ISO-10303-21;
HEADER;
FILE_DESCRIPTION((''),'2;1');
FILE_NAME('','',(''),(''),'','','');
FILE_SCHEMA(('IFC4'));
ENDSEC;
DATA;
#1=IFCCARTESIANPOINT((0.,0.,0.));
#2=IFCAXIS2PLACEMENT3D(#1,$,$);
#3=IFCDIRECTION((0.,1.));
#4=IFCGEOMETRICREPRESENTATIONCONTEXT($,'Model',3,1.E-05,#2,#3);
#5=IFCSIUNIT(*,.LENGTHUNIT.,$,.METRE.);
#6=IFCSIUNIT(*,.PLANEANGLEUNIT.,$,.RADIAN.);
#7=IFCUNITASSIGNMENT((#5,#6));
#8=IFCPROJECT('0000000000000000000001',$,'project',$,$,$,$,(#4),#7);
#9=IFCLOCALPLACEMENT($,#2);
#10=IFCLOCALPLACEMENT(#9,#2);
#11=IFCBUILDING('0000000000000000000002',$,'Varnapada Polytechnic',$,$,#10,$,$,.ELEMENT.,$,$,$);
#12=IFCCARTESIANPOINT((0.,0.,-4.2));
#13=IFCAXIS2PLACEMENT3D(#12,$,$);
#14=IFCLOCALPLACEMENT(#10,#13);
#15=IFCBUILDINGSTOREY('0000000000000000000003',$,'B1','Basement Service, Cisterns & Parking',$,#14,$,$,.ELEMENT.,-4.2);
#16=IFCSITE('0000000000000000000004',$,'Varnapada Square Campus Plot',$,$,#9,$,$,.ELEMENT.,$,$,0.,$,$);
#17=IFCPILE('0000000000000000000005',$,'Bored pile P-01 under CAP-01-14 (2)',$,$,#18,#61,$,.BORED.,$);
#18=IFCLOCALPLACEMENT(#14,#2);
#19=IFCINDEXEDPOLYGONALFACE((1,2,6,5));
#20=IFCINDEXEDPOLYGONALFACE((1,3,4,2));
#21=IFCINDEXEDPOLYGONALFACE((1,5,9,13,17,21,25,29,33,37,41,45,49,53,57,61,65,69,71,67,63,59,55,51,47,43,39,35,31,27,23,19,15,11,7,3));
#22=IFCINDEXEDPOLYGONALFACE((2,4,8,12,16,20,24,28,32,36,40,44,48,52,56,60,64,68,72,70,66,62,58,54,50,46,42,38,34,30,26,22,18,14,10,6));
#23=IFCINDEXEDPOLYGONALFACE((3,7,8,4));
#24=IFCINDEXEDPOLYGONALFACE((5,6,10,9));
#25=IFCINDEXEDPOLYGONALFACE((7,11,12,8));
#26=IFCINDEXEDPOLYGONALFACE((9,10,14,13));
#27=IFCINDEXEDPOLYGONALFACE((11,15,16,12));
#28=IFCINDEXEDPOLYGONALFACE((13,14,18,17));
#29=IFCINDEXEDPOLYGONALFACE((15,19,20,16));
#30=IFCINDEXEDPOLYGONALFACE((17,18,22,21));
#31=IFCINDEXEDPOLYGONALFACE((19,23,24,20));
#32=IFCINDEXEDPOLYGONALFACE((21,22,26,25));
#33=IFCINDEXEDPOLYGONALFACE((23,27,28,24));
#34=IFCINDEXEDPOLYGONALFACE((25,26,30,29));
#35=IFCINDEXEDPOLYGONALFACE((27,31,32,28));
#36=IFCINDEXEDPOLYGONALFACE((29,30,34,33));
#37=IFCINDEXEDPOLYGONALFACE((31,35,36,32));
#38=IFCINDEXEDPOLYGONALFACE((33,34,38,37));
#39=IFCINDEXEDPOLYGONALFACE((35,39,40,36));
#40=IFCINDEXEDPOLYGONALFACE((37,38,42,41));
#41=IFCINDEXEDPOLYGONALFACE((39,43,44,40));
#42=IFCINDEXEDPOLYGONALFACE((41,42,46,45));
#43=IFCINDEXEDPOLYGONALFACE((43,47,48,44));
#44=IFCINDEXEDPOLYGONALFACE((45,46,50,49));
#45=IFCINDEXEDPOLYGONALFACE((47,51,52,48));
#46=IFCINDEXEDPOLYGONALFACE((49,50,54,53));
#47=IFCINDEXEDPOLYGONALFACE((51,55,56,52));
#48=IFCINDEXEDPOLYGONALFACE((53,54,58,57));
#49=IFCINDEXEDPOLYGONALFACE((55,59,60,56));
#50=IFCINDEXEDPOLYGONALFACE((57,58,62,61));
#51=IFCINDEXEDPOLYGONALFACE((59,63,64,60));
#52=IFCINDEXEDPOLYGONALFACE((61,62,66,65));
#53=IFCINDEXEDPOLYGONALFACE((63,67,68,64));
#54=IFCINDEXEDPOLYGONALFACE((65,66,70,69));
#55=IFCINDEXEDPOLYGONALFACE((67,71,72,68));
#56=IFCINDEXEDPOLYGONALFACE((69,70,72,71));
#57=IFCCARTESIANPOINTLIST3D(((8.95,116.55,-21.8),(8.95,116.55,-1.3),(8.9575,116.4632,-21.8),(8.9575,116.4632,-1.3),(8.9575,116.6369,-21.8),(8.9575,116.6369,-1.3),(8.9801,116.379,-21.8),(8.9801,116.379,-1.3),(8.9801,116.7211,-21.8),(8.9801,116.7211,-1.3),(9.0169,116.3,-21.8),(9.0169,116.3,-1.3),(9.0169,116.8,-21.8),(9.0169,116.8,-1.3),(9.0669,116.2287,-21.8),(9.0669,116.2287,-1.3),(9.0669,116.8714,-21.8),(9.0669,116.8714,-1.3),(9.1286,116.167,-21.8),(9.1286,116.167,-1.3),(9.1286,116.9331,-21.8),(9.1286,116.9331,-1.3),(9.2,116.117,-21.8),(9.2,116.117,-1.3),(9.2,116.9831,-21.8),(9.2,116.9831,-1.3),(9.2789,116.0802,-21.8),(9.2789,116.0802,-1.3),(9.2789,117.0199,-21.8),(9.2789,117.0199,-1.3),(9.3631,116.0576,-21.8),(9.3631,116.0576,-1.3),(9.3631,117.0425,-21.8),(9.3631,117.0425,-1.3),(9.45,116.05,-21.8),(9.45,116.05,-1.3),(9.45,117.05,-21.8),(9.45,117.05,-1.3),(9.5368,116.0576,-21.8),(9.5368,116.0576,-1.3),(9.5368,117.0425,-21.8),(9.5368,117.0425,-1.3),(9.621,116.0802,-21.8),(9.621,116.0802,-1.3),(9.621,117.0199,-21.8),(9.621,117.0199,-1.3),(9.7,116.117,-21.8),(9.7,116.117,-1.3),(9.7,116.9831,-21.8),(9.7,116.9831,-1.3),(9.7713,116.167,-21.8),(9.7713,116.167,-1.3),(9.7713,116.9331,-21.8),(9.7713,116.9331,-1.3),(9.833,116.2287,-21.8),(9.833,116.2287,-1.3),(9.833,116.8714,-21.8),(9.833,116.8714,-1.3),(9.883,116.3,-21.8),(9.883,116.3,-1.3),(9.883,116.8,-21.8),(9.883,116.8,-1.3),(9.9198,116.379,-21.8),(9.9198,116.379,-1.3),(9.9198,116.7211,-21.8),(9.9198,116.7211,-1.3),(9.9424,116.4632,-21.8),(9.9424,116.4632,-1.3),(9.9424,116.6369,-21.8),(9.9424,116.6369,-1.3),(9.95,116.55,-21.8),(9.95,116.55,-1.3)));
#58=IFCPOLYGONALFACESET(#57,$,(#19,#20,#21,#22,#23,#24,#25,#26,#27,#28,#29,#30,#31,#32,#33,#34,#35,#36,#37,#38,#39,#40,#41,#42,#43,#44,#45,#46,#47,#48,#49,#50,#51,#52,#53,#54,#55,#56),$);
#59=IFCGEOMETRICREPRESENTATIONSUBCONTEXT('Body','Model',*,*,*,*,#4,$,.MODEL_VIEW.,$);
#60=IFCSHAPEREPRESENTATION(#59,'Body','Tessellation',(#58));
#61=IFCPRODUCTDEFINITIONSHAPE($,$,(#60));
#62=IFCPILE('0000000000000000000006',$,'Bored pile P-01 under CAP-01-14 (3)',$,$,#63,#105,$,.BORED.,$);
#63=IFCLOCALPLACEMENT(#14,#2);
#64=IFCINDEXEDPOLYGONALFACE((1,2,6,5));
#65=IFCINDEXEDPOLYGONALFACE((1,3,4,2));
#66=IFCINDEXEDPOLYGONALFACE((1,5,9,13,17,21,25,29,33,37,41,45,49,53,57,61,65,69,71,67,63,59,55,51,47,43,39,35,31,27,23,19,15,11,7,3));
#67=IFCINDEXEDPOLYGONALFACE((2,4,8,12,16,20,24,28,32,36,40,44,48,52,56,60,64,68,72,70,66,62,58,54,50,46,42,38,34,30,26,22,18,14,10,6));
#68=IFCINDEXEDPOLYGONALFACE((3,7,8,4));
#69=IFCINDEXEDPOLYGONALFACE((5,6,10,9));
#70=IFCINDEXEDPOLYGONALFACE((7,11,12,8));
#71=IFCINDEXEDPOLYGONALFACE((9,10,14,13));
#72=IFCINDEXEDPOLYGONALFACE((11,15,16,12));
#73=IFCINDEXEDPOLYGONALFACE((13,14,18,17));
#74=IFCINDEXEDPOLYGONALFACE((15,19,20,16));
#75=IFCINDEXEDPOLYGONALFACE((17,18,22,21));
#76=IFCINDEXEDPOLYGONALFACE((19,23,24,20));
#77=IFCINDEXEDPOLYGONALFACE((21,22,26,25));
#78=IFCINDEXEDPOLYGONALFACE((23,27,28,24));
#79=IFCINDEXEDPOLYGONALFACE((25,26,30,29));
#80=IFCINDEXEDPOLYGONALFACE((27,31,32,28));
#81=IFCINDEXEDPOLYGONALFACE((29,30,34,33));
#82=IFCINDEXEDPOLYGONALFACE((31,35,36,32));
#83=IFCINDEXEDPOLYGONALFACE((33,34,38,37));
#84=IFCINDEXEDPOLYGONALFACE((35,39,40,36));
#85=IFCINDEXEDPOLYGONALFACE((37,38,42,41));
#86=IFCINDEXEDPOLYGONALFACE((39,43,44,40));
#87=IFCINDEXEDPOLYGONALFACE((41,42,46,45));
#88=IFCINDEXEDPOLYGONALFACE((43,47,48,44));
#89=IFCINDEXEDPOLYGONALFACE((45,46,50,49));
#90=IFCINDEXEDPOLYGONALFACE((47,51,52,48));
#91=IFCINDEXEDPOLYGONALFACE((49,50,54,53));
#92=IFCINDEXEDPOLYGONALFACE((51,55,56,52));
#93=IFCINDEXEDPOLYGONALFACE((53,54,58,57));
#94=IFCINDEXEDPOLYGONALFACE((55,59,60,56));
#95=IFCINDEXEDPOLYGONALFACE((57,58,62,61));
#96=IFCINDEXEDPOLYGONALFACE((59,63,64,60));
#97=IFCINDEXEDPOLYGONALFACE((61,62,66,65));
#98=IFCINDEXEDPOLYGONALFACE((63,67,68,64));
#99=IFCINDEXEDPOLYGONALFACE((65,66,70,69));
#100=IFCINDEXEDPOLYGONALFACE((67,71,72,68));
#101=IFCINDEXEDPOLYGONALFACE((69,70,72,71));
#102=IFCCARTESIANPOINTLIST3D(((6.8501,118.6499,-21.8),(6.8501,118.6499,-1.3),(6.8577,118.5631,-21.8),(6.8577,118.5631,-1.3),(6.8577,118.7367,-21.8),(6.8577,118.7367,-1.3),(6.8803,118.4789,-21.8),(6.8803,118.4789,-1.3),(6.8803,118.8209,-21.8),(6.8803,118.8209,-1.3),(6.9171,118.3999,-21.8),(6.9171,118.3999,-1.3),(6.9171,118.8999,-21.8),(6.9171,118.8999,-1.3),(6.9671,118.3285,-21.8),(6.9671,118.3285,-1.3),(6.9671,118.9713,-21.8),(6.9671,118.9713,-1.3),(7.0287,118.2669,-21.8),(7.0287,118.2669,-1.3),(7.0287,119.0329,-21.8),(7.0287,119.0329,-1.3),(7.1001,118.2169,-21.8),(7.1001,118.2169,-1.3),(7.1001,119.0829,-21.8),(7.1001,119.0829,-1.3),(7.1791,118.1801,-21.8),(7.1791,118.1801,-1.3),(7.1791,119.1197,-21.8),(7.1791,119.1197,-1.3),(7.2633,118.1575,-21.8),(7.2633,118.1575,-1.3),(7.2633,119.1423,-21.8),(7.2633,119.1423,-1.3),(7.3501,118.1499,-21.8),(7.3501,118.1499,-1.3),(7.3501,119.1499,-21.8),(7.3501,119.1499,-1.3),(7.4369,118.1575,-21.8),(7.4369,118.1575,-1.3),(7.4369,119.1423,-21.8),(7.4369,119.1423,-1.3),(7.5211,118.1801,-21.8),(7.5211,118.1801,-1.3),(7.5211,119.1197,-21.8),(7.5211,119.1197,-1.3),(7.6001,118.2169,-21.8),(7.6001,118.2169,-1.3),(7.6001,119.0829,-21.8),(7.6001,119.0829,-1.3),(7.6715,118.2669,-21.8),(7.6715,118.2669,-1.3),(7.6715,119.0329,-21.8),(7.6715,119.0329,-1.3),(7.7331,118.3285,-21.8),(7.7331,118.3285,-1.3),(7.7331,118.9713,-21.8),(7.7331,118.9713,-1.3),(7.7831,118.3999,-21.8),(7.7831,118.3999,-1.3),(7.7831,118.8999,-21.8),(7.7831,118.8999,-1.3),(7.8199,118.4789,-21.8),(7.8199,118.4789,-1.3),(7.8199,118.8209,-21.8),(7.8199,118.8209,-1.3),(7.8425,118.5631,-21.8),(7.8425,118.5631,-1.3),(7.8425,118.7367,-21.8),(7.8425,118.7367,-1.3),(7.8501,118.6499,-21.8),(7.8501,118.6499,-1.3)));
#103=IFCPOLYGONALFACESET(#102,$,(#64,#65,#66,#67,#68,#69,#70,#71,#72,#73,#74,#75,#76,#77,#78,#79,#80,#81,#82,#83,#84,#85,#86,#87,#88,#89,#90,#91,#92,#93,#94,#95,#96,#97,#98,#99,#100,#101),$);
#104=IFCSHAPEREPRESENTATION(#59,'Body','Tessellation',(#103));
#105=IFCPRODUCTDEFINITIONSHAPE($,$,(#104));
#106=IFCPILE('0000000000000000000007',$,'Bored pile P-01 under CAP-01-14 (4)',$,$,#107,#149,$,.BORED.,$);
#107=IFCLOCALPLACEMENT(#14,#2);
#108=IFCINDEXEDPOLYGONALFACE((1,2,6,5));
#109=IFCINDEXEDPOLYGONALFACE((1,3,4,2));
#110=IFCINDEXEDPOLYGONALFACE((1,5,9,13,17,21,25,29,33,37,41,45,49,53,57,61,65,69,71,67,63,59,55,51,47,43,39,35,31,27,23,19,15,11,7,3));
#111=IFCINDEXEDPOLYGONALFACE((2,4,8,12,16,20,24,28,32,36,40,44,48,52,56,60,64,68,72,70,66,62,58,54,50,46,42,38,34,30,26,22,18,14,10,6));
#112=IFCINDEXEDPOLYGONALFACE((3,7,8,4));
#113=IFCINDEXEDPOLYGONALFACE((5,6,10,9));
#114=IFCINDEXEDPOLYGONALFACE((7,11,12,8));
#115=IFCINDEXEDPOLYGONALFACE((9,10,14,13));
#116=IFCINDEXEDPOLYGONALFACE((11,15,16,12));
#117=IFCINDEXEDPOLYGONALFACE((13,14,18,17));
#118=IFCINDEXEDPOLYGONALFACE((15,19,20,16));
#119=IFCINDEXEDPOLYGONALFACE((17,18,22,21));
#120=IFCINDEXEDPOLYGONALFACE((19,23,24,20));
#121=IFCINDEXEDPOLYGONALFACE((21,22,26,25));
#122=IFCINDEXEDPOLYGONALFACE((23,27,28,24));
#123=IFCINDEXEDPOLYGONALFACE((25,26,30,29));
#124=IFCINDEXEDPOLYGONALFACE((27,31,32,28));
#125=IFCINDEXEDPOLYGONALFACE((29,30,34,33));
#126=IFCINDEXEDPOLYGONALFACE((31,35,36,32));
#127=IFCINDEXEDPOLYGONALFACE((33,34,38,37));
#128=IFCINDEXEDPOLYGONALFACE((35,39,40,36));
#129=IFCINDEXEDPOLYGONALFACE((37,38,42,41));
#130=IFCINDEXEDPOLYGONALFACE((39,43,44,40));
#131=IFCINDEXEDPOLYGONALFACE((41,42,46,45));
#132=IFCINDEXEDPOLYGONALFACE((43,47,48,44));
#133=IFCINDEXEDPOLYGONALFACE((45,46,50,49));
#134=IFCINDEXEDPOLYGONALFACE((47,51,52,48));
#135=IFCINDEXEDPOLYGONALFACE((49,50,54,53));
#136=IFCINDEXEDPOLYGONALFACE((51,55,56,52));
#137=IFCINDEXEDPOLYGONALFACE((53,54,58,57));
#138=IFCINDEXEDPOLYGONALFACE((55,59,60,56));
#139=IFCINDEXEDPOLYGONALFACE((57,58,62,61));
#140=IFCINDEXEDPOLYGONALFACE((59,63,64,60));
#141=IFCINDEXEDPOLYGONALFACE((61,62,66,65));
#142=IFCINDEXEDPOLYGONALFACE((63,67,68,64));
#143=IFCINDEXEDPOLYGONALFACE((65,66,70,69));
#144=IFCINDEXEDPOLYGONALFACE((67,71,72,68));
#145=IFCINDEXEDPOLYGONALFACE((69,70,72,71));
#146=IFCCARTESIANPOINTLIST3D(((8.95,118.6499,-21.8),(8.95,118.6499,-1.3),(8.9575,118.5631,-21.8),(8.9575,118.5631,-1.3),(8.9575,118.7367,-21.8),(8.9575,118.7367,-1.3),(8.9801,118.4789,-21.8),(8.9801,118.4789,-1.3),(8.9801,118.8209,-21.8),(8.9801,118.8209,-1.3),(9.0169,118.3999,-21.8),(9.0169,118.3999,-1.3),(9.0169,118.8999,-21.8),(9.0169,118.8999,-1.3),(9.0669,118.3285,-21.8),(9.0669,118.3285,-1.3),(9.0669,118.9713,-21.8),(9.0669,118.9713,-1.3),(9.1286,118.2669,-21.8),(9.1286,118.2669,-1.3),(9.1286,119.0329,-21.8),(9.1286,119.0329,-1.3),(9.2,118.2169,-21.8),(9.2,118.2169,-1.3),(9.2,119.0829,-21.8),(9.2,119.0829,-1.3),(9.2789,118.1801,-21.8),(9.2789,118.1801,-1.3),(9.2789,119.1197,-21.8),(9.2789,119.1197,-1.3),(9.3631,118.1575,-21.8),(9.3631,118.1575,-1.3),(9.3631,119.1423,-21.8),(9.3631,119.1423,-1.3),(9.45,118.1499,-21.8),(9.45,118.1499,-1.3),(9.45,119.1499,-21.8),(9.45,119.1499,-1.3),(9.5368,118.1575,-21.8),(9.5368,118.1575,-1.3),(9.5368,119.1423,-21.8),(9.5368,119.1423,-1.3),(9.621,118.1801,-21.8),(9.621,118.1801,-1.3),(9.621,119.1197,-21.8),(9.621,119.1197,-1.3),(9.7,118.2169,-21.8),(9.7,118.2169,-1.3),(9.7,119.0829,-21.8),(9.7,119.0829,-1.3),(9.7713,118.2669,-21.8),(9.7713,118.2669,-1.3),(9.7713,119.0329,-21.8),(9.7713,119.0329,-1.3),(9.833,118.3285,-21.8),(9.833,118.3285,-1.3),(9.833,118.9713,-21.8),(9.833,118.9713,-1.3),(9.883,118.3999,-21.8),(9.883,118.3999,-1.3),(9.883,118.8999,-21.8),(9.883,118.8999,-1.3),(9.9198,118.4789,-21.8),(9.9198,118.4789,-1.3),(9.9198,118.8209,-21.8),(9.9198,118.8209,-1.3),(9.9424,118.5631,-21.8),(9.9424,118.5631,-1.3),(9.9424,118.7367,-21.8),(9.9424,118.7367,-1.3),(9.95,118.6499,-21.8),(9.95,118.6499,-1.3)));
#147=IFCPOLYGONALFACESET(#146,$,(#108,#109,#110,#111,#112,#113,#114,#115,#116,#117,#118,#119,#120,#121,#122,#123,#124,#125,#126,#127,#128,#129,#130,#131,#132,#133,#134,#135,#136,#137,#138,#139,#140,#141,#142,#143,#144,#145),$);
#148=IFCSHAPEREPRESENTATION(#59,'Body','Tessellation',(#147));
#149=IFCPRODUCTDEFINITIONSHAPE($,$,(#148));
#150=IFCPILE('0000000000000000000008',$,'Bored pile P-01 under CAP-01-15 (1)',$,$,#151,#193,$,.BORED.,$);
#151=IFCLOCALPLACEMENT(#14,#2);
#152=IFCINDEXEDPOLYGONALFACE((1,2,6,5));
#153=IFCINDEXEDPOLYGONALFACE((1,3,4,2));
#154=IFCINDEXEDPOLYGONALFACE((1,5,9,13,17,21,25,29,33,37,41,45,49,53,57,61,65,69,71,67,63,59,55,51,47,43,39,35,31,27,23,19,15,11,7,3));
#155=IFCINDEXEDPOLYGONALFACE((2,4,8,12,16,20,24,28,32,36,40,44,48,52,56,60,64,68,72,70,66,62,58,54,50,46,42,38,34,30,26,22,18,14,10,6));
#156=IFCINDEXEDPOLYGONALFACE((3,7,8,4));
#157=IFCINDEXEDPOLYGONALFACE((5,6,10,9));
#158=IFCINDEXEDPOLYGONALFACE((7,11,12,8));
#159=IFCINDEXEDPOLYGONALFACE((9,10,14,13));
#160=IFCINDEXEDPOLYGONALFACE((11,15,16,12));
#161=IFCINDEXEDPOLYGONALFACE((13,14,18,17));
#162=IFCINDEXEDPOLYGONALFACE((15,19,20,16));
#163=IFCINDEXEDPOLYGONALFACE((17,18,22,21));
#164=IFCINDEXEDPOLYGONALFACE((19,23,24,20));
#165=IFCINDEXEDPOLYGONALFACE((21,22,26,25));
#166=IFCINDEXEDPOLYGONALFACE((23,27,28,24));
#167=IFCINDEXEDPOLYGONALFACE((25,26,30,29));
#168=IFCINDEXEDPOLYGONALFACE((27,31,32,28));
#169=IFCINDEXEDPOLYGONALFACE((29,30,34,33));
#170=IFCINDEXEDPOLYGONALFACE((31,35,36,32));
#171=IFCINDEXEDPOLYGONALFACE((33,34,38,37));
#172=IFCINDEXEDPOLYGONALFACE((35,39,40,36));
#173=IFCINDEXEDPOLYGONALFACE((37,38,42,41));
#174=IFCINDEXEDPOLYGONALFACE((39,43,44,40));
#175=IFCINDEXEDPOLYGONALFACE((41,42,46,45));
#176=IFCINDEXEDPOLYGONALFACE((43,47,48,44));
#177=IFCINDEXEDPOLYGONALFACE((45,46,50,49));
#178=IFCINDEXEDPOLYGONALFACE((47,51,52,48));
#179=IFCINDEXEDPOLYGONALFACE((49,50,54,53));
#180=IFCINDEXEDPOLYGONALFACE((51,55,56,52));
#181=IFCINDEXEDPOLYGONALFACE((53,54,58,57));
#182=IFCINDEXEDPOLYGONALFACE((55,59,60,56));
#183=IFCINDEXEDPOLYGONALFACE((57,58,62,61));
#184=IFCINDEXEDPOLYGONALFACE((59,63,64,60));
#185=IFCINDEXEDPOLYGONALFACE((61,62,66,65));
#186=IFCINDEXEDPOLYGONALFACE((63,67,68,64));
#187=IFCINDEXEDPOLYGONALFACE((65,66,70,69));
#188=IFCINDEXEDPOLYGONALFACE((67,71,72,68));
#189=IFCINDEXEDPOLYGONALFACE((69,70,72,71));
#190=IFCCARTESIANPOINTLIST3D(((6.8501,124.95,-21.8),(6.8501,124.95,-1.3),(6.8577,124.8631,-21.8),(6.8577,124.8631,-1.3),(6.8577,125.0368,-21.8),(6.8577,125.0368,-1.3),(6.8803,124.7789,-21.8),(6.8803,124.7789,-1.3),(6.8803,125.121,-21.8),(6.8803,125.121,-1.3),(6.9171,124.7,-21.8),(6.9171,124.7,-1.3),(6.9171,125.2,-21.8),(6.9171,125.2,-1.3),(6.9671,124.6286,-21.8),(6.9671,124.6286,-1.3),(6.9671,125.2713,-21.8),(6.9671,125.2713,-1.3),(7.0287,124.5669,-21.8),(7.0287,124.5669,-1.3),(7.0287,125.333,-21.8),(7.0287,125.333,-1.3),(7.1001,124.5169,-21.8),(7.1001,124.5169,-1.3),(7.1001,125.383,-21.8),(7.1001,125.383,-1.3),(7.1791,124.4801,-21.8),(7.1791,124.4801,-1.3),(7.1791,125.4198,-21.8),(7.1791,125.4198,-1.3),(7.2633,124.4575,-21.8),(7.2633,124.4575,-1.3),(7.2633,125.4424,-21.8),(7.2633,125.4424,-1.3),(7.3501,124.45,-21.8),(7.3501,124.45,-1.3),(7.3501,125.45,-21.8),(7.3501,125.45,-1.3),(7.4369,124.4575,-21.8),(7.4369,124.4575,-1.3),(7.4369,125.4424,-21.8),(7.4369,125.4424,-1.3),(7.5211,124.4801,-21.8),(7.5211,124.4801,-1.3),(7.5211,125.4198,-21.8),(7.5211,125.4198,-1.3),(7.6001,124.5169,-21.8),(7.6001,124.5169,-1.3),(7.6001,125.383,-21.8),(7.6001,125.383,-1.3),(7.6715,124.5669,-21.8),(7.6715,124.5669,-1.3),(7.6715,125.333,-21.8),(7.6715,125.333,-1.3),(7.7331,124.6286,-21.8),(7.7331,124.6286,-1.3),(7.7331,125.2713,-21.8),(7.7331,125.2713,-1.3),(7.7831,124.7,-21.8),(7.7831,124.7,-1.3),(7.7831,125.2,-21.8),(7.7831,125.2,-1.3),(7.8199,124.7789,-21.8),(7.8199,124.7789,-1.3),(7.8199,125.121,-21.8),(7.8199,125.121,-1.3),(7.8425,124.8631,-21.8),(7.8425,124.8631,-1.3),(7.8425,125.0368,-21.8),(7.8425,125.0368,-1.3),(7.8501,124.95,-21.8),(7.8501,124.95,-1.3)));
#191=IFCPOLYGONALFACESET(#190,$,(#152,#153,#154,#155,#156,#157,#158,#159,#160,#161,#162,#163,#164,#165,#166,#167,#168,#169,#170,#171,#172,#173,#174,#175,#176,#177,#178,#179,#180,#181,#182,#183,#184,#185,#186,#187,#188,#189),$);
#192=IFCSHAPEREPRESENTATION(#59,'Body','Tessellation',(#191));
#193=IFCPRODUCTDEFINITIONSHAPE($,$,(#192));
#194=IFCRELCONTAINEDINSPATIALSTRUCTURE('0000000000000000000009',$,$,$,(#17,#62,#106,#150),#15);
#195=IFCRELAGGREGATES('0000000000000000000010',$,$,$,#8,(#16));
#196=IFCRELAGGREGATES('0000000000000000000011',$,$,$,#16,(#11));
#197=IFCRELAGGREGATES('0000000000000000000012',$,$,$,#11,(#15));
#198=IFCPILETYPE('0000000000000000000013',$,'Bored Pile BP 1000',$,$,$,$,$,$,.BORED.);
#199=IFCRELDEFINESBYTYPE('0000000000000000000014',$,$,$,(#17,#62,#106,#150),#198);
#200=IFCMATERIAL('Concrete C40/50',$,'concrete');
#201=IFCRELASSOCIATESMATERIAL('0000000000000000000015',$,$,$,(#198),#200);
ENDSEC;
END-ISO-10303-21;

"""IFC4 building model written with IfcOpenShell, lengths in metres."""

from ifc_helpers import new_model, si_unit, direction, frame, origin, origin_2d, place, context, subcontext, project, spatial, circle, extrude, material, material_profile, profile_set, type_object, element, save


model = new_model("IFC4")

# Units and contexts
model_context = context("Model", 3, precision=1e-05, world=origin(), true_north=direction((0.0, 1.0)))
body_context = subcontext(model_context, "Body", "Model", "MODEL_VIEW")
ifc_project = project(units=[si_unit("LENGTHUNIT", "METRE"), si_unit("PLANEANGLEUNIT", "RADIAN")], contexts=[model_context])

# Site, building, storey
site_placement = place(None, origin())
site = spatial("IfcSite", under=ifc_project, at=site_placement, Name="Varnapada Square Campus Plot", CompositionType="ELEMENT", RefElevation=0.0)
building_placement = place(site_placement, origin())
building = spatial("IfcBuilding", under=site, at=building_placement, Name="Varnapada Polytechnic", CompositionType="ELEMENT")
storey_placement = place(building_placement, frame((0.0, 0.0, -4.2)))
storey = spatial("IfcBuildingStorey", under=building, at=storey_placement, Name="B1", Description="Basement Service, Cisterns & Parking", CompositionType="ELEMENT", Elevation=-4.2)

# Piles
ifc_material_1 = material(Name="Concrete C40/50", Category="concrete")
ifc_material_profile_1 = material_profile(ifc_material_1, circle(Radius=0.5, at=origin_2d()), Name="BP 1000")
ifc_profile_set_1 = profile_set([ifc_material_profile_1], Name="Concrete C40/50")
pile_type_1 = type_object("IfcPileType", Name="Bored Pile BP 1000", PredefinedType="BORED", material=ifc_profile_set_1)
for number, where, z_axis, x_axis, name in (
    (1, (9.45, 116.55, -1.3), (0.0, 0.0, -1.0), (1.0, 0.0, 0.0), "Bored pile P-01 under CAP-01-14 (2)"),
    (2, (7.3501, 118.6499, -1.3), (0.0, 0.0, -1.0), (1.0, 0.0, 0.0), "Bored pile P-01 under CAP-01-14 (3)"),
    (3, (9.45, 118.6499, -1.3), (0.0, 0.0, -1.0), (1.0, 0.0, 0.0), "Bored pile P-01 under CAP-01-14 (4)"),
    (4, (7.3501, 124.95, -1.3), (0.0, 0.0, -1.0), (1.0, 0.0, 0.0), "Bored pile P-01 under CAP-01-15 (1)"),
):
    element("IfcPile", number, at=place(storey_placement, frame(where, z_axis=z_axis, x_axis=x_axis)), inside=storey, type_object=pile_type_1, Name=name, PredefinedType="BORED", context=body_context, shape_type="SweptSolid", body=[
        extrude(circle(Radius=0.5, at=origin_2d()), origin(), (0.0, 0.0, 1.0), 20.5),
    ])

save(model, "model.ifc")
